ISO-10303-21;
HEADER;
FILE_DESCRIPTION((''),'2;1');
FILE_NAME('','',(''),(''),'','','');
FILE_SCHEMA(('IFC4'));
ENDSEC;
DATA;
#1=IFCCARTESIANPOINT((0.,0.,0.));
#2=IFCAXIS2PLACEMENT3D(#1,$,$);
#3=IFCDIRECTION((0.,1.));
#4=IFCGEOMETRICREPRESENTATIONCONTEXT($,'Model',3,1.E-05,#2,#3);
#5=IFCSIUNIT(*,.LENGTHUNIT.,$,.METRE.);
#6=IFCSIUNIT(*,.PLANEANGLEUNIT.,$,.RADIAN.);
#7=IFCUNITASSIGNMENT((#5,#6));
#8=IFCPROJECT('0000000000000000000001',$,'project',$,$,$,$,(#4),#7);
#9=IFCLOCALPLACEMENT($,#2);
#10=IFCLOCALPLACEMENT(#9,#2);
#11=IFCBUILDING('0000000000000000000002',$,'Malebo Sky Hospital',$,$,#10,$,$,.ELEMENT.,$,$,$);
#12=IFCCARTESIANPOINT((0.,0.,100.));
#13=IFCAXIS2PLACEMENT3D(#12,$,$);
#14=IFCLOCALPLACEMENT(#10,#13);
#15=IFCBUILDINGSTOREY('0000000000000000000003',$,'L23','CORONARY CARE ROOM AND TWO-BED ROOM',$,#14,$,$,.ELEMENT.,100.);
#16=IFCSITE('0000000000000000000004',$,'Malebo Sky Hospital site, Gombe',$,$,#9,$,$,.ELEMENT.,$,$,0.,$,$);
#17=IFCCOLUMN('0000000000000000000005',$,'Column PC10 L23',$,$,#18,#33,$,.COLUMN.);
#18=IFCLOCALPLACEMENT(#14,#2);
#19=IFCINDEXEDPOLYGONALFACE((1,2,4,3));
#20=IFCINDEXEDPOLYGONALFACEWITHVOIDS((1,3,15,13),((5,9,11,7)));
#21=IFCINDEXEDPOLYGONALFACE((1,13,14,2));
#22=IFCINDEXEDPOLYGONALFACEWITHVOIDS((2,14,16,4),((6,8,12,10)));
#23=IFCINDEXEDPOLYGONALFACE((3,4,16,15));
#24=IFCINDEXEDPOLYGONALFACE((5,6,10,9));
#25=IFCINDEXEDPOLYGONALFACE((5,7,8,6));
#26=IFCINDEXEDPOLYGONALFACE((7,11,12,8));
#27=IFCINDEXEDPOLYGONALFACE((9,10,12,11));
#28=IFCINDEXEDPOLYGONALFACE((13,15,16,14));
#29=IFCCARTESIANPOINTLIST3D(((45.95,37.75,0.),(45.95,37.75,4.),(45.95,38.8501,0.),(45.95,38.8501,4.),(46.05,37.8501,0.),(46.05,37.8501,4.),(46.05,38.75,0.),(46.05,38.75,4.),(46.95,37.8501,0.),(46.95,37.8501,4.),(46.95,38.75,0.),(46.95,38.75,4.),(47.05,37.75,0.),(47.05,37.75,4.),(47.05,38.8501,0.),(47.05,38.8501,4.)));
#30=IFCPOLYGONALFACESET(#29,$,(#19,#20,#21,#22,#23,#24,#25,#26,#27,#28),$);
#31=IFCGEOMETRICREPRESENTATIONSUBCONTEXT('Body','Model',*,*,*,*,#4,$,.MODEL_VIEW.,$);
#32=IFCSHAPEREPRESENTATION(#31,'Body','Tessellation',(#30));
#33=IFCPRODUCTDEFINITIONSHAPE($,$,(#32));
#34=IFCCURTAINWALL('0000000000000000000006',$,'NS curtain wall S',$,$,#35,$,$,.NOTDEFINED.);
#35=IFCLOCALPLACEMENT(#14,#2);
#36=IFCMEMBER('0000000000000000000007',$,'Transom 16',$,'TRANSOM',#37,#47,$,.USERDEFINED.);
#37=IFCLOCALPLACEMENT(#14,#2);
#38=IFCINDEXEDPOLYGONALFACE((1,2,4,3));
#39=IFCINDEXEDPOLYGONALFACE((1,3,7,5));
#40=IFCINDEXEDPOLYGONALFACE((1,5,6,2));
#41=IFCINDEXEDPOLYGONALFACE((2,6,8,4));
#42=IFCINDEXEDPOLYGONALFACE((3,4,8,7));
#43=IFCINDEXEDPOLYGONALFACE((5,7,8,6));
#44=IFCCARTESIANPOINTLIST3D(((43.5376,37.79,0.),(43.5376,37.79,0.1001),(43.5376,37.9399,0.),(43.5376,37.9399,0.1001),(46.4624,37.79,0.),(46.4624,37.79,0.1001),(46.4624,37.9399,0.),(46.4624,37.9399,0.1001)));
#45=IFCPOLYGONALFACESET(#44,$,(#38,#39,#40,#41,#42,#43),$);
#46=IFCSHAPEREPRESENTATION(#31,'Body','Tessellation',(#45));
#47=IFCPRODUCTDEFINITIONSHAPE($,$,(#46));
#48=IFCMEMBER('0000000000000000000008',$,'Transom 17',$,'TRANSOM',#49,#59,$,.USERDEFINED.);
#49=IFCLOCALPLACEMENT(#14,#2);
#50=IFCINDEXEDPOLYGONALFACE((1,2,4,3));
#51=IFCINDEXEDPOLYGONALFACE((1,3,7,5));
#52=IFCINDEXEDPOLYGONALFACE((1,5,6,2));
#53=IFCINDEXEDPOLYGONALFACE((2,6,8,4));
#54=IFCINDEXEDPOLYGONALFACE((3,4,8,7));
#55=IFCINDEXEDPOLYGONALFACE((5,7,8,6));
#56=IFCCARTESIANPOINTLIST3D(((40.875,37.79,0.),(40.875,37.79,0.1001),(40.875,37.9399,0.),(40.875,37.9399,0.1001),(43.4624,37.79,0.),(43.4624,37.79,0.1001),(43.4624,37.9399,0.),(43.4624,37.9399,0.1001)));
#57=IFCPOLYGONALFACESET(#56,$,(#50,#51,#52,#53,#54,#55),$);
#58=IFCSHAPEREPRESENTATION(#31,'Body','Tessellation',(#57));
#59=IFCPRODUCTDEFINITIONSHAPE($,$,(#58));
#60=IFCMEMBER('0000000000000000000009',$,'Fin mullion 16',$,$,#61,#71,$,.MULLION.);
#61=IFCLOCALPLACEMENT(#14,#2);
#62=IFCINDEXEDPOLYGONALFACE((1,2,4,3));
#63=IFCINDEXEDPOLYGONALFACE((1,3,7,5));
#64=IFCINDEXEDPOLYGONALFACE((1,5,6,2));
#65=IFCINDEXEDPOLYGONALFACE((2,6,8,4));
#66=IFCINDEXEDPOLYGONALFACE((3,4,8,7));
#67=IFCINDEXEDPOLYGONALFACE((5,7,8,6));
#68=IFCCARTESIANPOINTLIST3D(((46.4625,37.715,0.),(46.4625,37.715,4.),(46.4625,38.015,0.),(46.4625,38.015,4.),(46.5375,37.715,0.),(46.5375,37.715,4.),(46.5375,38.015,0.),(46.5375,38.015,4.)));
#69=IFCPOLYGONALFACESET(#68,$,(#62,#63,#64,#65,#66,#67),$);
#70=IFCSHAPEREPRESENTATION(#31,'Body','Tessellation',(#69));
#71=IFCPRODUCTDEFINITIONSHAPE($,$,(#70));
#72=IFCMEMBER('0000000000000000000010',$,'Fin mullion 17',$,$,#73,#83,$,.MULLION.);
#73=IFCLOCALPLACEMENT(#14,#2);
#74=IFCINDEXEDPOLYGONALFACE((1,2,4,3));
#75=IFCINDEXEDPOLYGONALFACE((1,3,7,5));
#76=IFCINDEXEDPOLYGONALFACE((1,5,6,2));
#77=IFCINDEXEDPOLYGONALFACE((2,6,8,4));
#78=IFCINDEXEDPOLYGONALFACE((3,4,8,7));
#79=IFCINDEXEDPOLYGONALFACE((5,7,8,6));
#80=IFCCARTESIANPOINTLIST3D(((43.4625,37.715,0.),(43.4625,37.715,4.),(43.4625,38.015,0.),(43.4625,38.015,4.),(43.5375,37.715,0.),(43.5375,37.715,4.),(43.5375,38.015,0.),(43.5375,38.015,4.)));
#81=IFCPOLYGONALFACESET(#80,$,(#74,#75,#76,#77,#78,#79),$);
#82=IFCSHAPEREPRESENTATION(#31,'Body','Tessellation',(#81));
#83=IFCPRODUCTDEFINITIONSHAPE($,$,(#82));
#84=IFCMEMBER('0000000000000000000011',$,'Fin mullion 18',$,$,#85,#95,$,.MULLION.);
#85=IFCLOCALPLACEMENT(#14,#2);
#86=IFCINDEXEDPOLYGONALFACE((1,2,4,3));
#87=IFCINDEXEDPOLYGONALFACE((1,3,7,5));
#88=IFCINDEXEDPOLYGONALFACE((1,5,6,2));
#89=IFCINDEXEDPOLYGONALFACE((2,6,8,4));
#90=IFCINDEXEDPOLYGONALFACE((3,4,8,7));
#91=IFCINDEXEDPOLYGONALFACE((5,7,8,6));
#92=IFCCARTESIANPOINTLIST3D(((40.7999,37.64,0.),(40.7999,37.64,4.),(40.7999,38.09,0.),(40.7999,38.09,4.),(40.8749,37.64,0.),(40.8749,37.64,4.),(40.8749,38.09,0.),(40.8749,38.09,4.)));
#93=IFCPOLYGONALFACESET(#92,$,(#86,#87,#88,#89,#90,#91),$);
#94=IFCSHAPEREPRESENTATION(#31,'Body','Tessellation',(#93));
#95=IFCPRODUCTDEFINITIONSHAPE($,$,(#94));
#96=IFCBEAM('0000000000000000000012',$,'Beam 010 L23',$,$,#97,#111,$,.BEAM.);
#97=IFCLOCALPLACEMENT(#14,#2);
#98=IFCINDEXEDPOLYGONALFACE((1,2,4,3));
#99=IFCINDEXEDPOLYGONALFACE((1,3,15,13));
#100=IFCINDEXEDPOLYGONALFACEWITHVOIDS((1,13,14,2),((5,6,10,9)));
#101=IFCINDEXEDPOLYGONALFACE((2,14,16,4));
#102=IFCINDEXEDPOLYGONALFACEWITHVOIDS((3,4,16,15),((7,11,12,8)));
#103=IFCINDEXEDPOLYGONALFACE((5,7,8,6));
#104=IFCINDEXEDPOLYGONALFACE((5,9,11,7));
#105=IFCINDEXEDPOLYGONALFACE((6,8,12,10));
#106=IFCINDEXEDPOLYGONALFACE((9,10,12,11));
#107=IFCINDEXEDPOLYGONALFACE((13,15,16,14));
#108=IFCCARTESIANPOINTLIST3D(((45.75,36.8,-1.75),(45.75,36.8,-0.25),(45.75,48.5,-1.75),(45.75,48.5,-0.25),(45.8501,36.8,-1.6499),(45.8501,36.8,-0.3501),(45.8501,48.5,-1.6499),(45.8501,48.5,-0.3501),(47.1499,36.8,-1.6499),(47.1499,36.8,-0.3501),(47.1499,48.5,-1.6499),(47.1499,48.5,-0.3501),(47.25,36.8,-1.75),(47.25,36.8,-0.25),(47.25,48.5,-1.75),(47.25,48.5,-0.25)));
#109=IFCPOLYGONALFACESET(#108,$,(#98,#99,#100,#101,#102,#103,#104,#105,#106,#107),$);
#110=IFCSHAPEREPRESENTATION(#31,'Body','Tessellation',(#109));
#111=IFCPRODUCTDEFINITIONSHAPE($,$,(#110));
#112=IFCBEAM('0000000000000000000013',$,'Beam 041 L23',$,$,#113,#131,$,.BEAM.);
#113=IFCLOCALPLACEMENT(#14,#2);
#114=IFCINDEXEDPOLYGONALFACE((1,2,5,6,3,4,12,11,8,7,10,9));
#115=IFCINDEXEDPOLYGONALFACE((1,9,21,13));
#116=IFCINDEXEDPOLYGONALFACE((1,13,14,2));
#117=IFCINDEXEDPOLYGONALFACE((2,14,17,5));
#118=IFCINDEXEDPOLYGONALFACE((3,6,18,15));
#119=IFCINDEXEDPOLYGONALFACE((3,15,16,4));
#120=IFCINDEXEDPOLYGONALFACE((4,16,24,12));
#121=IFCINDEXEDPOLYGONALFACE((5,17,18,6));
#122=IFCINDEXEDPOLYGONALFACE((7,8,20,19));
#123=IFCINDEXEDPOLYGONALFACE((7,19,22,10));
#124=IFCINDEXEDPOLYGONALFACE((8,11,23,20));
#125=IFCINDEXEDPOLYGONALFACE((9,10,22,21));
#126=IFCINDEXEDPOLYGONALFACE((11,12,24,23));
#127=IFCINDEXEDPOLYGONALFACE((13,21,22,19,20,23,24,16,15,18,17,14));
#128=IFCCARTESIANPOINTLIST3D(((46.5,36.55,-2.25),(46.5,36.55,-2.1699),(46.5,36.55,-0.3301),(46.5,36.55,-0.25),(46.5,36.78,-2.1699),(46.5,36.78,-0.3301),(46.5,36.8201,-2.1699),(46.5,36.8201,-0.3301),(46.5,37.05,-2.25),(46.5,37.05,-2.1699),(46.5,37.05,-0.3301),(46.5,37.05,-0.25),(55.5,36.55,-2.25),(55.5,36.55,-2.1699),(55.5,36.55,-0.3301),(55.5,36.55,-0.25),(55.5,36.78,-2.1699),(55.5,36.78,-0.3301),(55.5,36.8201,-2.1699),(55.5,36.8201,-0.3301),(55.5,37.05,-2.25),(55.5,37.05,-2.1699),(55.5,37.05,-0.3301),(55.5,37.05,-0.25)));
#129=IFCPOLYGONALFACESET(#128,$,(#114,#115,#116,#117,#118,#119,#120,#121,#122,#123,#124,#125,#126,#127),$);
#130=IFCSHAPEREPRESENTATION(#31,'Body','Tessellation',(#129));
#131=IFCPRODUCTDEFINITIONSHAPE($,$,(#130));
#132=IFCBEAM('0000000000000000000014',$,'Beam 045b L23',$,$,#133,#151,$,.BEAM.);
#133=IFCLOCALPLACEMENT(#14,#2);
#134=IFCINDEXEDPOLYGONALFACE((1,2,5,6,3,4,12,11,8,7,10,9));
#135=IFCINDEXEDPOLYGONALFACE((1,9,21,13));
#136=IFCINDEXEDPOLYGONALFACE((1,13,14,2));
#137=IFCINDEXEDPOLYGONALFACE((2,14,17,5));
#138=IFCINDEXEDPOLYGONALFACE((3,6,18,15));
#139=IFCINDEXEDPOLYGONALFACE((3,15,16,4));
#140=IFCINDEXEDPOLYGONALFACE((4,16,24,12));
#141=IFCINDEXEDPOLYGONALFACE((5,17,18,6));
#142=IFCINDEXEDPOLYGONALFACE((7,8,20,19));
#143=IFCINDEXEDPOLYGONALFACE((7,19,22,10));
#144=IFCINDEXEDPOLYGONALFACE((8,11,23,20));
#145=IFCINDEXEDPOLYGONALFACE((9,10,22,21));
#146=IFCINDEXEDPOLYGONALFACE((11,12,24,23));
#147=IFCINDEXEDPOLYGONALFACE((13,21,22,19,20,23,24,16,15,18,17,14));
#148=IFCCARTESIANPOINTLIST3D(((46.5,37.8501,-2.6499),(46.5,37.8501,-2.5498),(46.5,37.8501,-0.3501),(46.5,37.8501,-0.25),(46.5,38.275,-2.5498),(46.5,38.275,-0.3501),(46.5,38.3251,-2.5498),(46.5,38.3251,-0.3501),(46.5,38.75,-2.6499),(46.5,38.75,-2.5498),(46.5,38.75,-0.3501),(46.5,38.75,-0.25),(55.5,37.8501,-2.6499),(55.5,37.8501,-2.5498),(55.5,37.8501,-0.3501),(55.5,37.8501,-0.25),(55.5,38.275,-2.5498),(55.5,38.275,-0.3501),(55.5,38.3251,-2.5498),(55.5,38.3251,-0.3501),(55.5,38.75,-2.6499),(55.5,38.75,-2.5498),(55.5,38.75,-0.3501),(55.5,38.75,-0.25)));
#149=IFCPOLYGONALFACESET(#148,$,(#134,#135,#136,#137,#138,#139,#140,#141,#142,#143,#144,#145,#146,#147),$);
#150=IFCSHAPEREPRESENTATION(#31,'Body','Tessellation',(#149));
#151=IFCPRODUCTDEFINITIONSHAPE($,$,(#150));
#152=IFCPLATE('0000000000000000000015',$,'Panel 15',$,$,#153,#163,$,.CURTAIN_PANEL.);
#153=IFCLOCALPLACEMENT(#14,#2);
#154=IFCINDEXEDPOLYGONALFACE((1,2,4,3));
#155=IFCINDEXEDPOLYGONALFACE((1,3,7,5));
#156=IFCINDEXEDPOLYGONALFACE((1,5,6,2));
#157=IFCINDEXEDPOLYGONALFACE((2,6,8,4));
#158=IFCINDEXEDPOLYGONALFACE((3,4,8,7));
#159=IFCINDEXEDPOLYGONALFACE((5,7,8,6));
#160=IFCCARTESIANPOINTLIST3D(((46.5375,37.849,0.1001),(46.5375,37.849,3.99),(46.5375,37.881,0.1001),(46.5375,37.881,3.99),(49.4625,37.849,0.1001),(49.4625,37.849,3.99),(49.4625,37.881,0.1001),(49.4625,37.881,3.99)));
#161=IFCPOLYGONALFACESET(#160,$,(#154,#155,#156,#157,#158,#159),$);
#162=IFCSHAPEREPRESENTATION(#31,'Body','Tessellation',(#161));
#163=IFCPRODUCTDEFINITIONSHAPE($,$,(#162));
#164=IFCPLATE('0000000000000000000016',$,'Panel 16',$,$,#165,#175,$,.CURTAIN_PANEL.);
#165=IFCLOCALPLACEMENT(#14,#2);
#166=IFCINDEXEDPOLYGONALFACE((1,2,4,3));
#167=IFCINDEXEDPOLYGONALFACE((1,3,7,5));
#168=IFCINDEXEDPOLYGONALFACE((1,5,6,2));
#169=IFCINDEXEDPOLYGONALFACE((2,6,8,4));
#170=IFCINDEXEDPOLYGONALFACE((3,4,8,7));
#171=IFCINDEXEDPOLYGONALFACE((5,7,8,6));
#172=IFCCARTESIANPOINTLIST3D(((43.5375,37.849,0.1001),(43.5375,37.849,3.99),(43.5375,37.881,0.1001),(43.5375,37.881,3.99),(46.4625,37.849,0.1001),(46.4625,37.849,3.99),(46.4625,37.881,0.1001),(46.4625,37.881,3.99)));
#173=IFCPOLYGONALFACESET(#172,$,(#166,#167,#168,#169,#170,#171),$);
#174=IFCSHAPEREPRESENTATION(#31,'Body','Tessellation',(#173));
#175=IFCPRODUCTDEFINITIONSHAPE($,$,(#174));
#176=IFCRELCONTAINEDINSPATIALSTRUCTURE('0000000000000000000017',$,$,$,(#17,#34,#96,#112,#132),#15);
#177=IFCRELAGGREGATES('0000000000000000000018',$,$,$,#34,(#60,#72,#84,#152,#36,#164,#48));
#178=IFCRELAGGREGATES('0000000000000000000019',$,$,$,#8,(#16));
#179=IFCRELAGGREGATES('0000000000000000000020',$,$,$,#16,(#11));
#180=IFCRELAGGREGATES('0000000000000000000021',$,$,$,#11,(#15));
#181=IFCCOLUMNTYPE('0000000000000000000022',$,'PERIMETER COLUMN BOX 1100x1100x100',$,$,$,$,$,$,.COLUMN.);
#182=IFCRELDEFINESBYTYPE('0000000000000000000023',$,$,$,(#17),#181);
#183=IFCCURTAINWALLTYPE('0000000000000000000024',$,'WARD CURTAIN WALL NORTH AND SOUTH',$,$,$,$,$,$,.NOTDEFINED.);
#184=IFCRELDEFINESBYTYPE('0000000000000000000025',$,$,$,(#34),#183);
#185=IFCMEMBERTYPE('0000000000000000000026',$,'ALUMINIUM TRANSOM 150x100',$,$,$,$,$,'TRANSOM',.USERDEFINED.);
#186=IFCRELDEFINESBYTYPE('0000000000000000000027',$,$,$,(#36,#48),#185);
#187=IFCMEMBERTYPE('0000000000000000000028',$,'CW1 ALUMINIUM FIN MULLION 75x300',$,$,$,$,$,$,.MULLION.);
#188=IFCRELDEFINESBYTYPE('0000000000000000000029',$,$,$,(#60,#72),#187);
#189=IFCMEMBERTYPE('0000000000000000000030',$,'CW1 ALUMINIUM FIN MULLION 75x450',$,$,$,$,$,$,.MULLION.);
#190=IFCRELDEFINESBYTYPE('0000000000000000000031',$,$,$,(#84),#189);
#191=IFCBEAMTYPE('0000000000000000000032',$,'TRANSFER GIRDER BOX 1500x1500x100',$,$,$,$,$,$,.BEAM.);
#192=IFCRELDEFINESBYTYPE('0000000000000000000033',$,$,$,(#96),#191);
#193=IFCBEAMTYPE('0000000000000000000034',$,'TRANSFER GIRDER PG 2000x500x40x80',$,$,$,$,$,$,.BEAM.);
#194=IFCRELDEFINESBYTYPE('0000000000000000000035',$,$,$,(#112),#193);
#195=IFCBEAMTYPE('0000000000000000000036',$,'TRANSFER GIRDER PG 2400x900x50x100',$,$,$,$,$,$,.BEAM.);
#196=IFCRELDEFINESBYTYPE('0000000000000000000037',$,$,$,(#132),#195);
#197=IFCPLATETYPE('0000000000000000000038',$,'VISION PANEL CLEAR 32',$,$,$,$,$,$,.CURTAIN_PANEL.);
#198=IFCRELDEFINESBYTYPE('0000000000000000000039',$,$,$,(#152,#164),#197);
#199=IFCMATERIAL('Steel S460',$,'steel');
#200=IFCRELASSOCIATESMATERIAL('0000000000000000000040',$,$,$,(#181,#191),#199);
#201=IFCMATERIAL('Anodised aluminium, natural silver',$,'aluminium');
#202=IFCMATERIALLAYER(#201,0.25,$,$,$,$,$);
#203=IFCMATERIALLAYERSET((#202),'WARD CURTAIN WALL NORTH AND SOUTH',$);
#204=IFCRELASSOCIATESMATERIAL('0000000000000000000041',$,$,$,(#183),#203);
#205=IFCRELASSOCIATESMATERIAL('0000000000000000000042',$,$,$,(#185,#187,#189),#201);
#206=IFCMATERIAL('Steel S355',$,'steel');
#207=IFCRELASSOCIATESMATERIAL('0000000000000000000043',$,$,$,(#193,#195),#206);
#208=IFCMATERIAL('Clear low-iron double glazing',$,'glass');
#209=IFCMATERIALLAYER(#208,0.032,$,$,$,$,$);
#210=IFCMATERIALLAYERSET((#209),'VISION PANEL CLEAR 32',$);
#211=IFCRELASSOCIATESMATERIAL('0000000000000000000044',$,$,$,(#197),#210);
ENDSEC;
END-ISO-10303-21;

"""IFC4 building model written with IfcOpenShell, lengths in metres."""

from ifc_helpers import new_model, si_unit, direction, frame, origin, origin_2d, place, context, subcontext, project, spatial, rectangle, hollow_rectangle, i_section, extrude, material, layer, layer_set, material_profile, profile_set, type_object, element, aggregate, save


model = new_model("IFC4")

# Units and contexts
model_context = context("Model", 3, precision=1e-05, world=origin(), true_north=direction((0.0, 1.0)))
body_context = subcontext(model_context, "Body", "Model", "MODEL_VIEW")
ifc_project = project(units=[si_unit("LENGTHUNIT", "METRE"), si_unit("PLANEANGLEUNIT", "RADIAN")], contexts=[model_context])

# Site, building, storey
site_placement = place(None, origin())
site = spatial("IfcSite", under=ifc_project, at=site_placement, Name="Malebo Sky Hospital site, Gombe", CompositionType="ELEMENT", RefElevation=0.0)
building_placement = place(site_placement, origin())
building = spatial("IfcBuilding", under=site, at=building_placement, Name="Malebo Sky Hospital", CompositionType="ELEMENT")
storey_placement = place(building_placement, frame((0.0, 0.0, 100.0)))
storey = spatial("IfcBuildingStorey", under=building, at=storey_placement, Name="L23", Description="CORONARY CARE ROOM AND TWO-BED ROOM", CompositionType="ELEMENT", Elevation=100.0)

# Column
ifc_material_1 = material(Name="Steel S460", Category="steel")
ifc_material_profile_1 = material_profile(ifc_material_1, hollow_rectangle(XDim=1.1001, YDim=1.1001, WallThickness=0.1001, at=origin_2d()), Name="BOX 1100x1100x100")
ifc_profile_set_1 = profile_set([ifc_material_profile_1], Name="Steel S460")
column_type = type_object("IfcColumnType", Name="PERIMETER COLUMN BOX 1100x1100x100", PredefinedType="COLUMN", material=ifc_profile_set_1)
column_placement = place(storey_placement, frame((46.5, 38.3, 0.0), z_axis=(0.0, 0.0, 1.0), x_axis=(1.0, 0.0, 0.0)))
element("IfcColumn", 1, at=column_placement, inside=storey, type_object=column_type, Name="Column PC10 L23", PredefinedType="COLUMN", context=body_context, shape_type="SweptSolid", body=[
    extrude(hollow_rectangle(XDim=1.1001, YDim=1.1001, WallThickness=0.1001, at=origin_2d()), origin(), (0.0, 0.0, 1.0), 4.0),
])

# Curtain wall, members
ifc_material_2 = material(Name="Anodised aluminium, natural silver", Category="aluminium")
ifc_layer_1 = layer(ifc_material_2, 0.25)
ifc_layer_set_1 = layer_set([ifc_layer_1], Name="WARD CURTAIN WALL NORTH AND SOUTH")
curtain_wall_type = type_object("IfcCurtainWallType", Name="WARD CURTAIN WALL NORTH AND SOUTH", PredefinedType="NOTDEFINED", material=ifc_layer_set_1)
curtain_wall_placement = place(storey_placement, origin())
curtain_wall = element("IfcCurtainWall", 2, at=curtain_wall_placement, inside=storey, type_object=curtain_wall_type, Name="NS curtain wall S", PredefinedType="NOTDEFINED")
ifc_material_profile_2 = material_profile(ifc_material_2, rectangle(XDim=0.1499, YDim=0.1001, at=origin_2d()), Name="ALUMINIUM TRANSOM 150x100")
ifc_profile_set_2 = profile_set([ifc_material_profile_2], Name="Anodised aluminium, natural silver")
member_type_1 = type_object("IfcMemberType", Name="ALUMINIUM TRANSOM 150x100", ElementType="TRANSOM", PredefinedType="USERDEFINED", material=ifc_profile_set_2)
member_1_placement = place(storey_placement, frame((46.4624, 37.865, 0.05), z_axis=(-1.0, 0.0, 0.0), x_axis=(0.0, -1.0, 0.0)))
member_1 = element("IfcMember", 3, at=member_1_placement, type_object=member_type_1, Name="Transom 16", ObjectType="TRANSOM", PredefinedType="USERDEFINED", context=body_context, shape_type="SweptSolid", body=[
    extrude(rectangle(XDim=0.1499, YDim=0.1001, at=origin_2d()), origin(), (0.0, 0.0, 1.0), 2.9248),
])
member_2_placement = place(storey_placement, frame((43.4624, 37.865, 0.05), z_axis=(-1.0, 0.0, 0.0), x_axis=(0.0, -1.0, 0.0)))
member_2 = element("IfcMember", 4, at=member_2_placement, type_object=member_type_1, Name="Transom 17", ObjectType="TRANSOM", PredefinedType="USERDEFINED", context=body_context, shape_type="SweptSolid", body=[
    extrude(rectangle(XDim=0.1499, YDim=0.1001, at=origin_2d()), origin(), (0.0, 0.0, 1.0), 2.5874),
])
ifc_material_profile_3 = material_profile(ifc_material_2, rectangle(XDim=0.075, YDim=0.3, at=origin_2d()), Name="CW1 ALUMINIUM FIN MULLION 75x300")
ifc_profile_set_3 = profile_set([ifc_material_profile_3], Name="Anodised aluminium, natural silver")
member_type_2 = type_object("IfcMemberType", Name="CW1 ALUMINIUM FIN MULLION 75x300", PredefinedType="MULLION", material=ifc_profile_set_3)
member_3_placement = place(storey_placement, frame((46.5, 37.865, 0.0), z_axis=(0.0, 0.0, 1.0), x_axis=(-1.0, 0.0, 0.0)))
member_3 = element("IfcMember", 5, at=member_3_placement, type_object=member_type_2, Name="Fin mullion 16", PredefinedType="MULLION", context=body_context, shape_type="SweptSolid", body=[
    extrude(rectangle(XDim=0.075, YDim=0.3, at=origin_2d()), origin(), (0.0, 0.0, 1.0), 4.0),
])
member_4_placement = place(storey_placement, frame((43.5, 37.865, 0.0), z_axis=(0.0, 0.0, 1.0), x_axis=(-1.0, 0.0, 0.0)))
member_4 = element("IfcMember", 6, at=member_4_placement, type_object=member_type_2, Name="Fin mullion 17", PredefinedType="MULLION", context=body_context, shape_type="SweptSolid", body=[
    extrude(rectangle(XDim=0.075, YDim=0.3, at=origin_2d()), origin(), (0.0, 0.0, 1.0), 4.0),
])
ifc_material_profile_4 = material_profile(ifc_material_2, rectangle(XDim=0.075, YDim=0.45, at=origin_2d()), Name="CW1 ALUMINIUM FIN MULLION 75x450")
ifc_profile_set_4 = profile_set([ifc_material_profile_4], Name="Anodised aluminium, natural silver")
member_type_3 = type_object("IfcMemberType", Name="CW1 ALUMINIUM FIN MULLION 75x450", PredefinedType="MULLION", material=ifc_profile_set_4)
member_5_placement = place(storey_placement, frame((40.8374, 37.865, 0.0), z_axis=(0.0, 0.0, 1.0), x_axis=(-1.0, 0.0, 0.0)))
member_5 = element("IfcMember", 7, at=member_5_placement, type_object=member_type_3, Name="Fin mullion 18", PredefinedType="MULLION", context=body_context, shape_type="SweptSolid", body=[
    extrude(rectangle(XDim=0.075, YDim=0.45, at=origin_2d()), origin(), (0.0, 0.0, 1.0), 4.0),
])

# Beams
ifc_material_profile_5 = material_profile(ifc_material_1, hollow_rectangle(XDim=1.5, YDim=1.5, WallThickness=0.1001, at=origin_2d()), Name="BOX 1500x1500x100")
ifc_profile_set_5 = profile_set([ifc_material_profile_5], Name="Steel S460")
beam_type_1 = type_object("IfcBeamType", Name="TRANSFER GIRDER BOX 1500x1500x100", PredefinedType="BEAM", material=ifc_profile_set_5)
beam_1_placement = place(storey_placement, frame((46.5, 36.8, -1.0), z_axis=(0.0, 1.0, 0.0), x_axis=(-1.0, 0.0, 0.0)))
element("IfcBeam", 8, at=beam_1_placement, inside=storey, type_object=beam_type_1, Name="Beam 010 L23", PredefinedType="BEAM", context=body_context, shape_type="SweptSolid", body=[
    extrude(hollow_rectangle(XDim=1.5, YDim=1.5, WallThickness=0.1001, at=origin_2d()), origin(), (0.0, 0.0, 1.0), 11.7),
])
ifc_material_3 = material(Name="Steel S355", Category="steel")
ifc_material_profile_6 = material_profile(ifc_material_3, i_section(OverallWidth=0.5, OverallDepth=2.0, WebThickness=0.04, FlangeThickness=0.0801, at=origin_2d()), Name="PG 2000x500x40x80")
ifc_profile_set_6 = profile_set([ifc_material_profile_6], Name="Steel S355")
beam_type_2 = type_object("IfcBeamType", Name="TRANSFER GIRDER PG 2000x500x40x80", PredefinedType="BEAM", material=ifc_profile_set_6)
beam_2_placement = place(storey_placement, frame((46.5, 36.8, -1.25), z_axis=(1.0, 0.0, 0.0), x_axis=(0.0, 1.0, 0.0)))
element("IfcBeam", 9, at=beam_2_placement, inside=storey, type_object=beam_type_2, Name="Beam 041 L23", PredefinedType="BEAM", context=body_context, shape_type="SweptSolid", body=[
    extrude(i_section(OverallWidth=0.5, OverallDepth=2.0, WebThickness=0.04, FlangeThickness=0.0801, at=origin_2d()), origin(), (0.0, 0.0, 1.0), 9.0),
])
ifc_material_profile_7 = material_profile(ifc_material_3, i_section(OverallWidth=0.8999, OverallDepth=2.3999, WebThickness=0.05, FlangeThickness=0.1001, at=origin_2d()), Name="PG 2400x900x50x100")
ifc_profile_set_7 = profile_set([ifc_material_profile_7], Name="Steel S355")
beam_type_3 = type_object("IfcBeamType", Name="TRANSFER GIRDER PG 2400x900x50x100", PredefinedType="BEAM", material=ifc_profile_set_7)
beam_3_placement = place(storey_placement, frame((46.5, 38.3, -1.45), z_axis=(1.0, 0.0, 0.0), x_axis=(0.0, 1.0, 0.0)))
element("IfcBeam", 10, at=beam_3_placement, inside=storey, type_object=beam_type_3, Name="Beam 045b L23", PredefinedType="BEAM", context=body_context, shape_type="SweptSolid", body=[
    extrude(i_section(OverallWidth=0.8999, OverallDepth=2.3999, WebThickness=0.05, FlangeThickness=0.1001, at=origin_2d()), origin(), (0.0, 0.0, 1.0), 9.0),
])

# Plates
ifc_material_4 = material(Name="Clear low-iron double glazing", Category="glass")
ifc_layer_2 = layer(ifc_material_4, 0.032)
ifc_layer_set_2 = layer_set([ifc_layer_2], Name="VISION PANEL CLEAR 32")
plate_type = type_object("IfcPlateType", Name="VISION PANEL CLEAR 32", PredefinedType="CURTAIN_PANEL", material=ifc_layer_set_2)
plate_1_placement = place(storey_placement, frame((48.0, 37.865, 0.1001), z_axis=(0.0, 0.0, 1.0), x_axis=(-1.0, 0.0, 0.0)))
plate_1 = element("IfcPlate", 11, at=plate_1_placement, type_object=plate_type, Name="Panel 15", PredefinedType="CURTAIN_PANEL", context=body_context, shape_type="SweptSolid", body=[
    extrude(rectangle(XDim=2.925, YDim=0.032, at=origin_2d()), origin(), (0.0, 0.0, 1.0), 3.8899),
])
plate_2_placement = place(storey_placement, frame((45.0, 37.865, 0.1001), z_axis=(0.0, 0.0, 1.0), x_axis=(-1.0, 0.0, 0.0)))
plate_2 = element("IfcPlate", 12, at=plate_2_placement, type_object=plate_type, Name="Panel 16", PredefinedType="CURTAIN_PANEL", context=body_context, shape_type="SweptSolid", body=[
    extrude(rectangle(XDim=2.925, YDim=0.032, at=origin_2d()), origin(), (0.0, 0.0, 1.0), 3.8899),
])
aggregate(curtain_wall, [member_3, member_4, member_5, plate_1, member_1, plate_2, member_2])

save(model, "model.ifc")
